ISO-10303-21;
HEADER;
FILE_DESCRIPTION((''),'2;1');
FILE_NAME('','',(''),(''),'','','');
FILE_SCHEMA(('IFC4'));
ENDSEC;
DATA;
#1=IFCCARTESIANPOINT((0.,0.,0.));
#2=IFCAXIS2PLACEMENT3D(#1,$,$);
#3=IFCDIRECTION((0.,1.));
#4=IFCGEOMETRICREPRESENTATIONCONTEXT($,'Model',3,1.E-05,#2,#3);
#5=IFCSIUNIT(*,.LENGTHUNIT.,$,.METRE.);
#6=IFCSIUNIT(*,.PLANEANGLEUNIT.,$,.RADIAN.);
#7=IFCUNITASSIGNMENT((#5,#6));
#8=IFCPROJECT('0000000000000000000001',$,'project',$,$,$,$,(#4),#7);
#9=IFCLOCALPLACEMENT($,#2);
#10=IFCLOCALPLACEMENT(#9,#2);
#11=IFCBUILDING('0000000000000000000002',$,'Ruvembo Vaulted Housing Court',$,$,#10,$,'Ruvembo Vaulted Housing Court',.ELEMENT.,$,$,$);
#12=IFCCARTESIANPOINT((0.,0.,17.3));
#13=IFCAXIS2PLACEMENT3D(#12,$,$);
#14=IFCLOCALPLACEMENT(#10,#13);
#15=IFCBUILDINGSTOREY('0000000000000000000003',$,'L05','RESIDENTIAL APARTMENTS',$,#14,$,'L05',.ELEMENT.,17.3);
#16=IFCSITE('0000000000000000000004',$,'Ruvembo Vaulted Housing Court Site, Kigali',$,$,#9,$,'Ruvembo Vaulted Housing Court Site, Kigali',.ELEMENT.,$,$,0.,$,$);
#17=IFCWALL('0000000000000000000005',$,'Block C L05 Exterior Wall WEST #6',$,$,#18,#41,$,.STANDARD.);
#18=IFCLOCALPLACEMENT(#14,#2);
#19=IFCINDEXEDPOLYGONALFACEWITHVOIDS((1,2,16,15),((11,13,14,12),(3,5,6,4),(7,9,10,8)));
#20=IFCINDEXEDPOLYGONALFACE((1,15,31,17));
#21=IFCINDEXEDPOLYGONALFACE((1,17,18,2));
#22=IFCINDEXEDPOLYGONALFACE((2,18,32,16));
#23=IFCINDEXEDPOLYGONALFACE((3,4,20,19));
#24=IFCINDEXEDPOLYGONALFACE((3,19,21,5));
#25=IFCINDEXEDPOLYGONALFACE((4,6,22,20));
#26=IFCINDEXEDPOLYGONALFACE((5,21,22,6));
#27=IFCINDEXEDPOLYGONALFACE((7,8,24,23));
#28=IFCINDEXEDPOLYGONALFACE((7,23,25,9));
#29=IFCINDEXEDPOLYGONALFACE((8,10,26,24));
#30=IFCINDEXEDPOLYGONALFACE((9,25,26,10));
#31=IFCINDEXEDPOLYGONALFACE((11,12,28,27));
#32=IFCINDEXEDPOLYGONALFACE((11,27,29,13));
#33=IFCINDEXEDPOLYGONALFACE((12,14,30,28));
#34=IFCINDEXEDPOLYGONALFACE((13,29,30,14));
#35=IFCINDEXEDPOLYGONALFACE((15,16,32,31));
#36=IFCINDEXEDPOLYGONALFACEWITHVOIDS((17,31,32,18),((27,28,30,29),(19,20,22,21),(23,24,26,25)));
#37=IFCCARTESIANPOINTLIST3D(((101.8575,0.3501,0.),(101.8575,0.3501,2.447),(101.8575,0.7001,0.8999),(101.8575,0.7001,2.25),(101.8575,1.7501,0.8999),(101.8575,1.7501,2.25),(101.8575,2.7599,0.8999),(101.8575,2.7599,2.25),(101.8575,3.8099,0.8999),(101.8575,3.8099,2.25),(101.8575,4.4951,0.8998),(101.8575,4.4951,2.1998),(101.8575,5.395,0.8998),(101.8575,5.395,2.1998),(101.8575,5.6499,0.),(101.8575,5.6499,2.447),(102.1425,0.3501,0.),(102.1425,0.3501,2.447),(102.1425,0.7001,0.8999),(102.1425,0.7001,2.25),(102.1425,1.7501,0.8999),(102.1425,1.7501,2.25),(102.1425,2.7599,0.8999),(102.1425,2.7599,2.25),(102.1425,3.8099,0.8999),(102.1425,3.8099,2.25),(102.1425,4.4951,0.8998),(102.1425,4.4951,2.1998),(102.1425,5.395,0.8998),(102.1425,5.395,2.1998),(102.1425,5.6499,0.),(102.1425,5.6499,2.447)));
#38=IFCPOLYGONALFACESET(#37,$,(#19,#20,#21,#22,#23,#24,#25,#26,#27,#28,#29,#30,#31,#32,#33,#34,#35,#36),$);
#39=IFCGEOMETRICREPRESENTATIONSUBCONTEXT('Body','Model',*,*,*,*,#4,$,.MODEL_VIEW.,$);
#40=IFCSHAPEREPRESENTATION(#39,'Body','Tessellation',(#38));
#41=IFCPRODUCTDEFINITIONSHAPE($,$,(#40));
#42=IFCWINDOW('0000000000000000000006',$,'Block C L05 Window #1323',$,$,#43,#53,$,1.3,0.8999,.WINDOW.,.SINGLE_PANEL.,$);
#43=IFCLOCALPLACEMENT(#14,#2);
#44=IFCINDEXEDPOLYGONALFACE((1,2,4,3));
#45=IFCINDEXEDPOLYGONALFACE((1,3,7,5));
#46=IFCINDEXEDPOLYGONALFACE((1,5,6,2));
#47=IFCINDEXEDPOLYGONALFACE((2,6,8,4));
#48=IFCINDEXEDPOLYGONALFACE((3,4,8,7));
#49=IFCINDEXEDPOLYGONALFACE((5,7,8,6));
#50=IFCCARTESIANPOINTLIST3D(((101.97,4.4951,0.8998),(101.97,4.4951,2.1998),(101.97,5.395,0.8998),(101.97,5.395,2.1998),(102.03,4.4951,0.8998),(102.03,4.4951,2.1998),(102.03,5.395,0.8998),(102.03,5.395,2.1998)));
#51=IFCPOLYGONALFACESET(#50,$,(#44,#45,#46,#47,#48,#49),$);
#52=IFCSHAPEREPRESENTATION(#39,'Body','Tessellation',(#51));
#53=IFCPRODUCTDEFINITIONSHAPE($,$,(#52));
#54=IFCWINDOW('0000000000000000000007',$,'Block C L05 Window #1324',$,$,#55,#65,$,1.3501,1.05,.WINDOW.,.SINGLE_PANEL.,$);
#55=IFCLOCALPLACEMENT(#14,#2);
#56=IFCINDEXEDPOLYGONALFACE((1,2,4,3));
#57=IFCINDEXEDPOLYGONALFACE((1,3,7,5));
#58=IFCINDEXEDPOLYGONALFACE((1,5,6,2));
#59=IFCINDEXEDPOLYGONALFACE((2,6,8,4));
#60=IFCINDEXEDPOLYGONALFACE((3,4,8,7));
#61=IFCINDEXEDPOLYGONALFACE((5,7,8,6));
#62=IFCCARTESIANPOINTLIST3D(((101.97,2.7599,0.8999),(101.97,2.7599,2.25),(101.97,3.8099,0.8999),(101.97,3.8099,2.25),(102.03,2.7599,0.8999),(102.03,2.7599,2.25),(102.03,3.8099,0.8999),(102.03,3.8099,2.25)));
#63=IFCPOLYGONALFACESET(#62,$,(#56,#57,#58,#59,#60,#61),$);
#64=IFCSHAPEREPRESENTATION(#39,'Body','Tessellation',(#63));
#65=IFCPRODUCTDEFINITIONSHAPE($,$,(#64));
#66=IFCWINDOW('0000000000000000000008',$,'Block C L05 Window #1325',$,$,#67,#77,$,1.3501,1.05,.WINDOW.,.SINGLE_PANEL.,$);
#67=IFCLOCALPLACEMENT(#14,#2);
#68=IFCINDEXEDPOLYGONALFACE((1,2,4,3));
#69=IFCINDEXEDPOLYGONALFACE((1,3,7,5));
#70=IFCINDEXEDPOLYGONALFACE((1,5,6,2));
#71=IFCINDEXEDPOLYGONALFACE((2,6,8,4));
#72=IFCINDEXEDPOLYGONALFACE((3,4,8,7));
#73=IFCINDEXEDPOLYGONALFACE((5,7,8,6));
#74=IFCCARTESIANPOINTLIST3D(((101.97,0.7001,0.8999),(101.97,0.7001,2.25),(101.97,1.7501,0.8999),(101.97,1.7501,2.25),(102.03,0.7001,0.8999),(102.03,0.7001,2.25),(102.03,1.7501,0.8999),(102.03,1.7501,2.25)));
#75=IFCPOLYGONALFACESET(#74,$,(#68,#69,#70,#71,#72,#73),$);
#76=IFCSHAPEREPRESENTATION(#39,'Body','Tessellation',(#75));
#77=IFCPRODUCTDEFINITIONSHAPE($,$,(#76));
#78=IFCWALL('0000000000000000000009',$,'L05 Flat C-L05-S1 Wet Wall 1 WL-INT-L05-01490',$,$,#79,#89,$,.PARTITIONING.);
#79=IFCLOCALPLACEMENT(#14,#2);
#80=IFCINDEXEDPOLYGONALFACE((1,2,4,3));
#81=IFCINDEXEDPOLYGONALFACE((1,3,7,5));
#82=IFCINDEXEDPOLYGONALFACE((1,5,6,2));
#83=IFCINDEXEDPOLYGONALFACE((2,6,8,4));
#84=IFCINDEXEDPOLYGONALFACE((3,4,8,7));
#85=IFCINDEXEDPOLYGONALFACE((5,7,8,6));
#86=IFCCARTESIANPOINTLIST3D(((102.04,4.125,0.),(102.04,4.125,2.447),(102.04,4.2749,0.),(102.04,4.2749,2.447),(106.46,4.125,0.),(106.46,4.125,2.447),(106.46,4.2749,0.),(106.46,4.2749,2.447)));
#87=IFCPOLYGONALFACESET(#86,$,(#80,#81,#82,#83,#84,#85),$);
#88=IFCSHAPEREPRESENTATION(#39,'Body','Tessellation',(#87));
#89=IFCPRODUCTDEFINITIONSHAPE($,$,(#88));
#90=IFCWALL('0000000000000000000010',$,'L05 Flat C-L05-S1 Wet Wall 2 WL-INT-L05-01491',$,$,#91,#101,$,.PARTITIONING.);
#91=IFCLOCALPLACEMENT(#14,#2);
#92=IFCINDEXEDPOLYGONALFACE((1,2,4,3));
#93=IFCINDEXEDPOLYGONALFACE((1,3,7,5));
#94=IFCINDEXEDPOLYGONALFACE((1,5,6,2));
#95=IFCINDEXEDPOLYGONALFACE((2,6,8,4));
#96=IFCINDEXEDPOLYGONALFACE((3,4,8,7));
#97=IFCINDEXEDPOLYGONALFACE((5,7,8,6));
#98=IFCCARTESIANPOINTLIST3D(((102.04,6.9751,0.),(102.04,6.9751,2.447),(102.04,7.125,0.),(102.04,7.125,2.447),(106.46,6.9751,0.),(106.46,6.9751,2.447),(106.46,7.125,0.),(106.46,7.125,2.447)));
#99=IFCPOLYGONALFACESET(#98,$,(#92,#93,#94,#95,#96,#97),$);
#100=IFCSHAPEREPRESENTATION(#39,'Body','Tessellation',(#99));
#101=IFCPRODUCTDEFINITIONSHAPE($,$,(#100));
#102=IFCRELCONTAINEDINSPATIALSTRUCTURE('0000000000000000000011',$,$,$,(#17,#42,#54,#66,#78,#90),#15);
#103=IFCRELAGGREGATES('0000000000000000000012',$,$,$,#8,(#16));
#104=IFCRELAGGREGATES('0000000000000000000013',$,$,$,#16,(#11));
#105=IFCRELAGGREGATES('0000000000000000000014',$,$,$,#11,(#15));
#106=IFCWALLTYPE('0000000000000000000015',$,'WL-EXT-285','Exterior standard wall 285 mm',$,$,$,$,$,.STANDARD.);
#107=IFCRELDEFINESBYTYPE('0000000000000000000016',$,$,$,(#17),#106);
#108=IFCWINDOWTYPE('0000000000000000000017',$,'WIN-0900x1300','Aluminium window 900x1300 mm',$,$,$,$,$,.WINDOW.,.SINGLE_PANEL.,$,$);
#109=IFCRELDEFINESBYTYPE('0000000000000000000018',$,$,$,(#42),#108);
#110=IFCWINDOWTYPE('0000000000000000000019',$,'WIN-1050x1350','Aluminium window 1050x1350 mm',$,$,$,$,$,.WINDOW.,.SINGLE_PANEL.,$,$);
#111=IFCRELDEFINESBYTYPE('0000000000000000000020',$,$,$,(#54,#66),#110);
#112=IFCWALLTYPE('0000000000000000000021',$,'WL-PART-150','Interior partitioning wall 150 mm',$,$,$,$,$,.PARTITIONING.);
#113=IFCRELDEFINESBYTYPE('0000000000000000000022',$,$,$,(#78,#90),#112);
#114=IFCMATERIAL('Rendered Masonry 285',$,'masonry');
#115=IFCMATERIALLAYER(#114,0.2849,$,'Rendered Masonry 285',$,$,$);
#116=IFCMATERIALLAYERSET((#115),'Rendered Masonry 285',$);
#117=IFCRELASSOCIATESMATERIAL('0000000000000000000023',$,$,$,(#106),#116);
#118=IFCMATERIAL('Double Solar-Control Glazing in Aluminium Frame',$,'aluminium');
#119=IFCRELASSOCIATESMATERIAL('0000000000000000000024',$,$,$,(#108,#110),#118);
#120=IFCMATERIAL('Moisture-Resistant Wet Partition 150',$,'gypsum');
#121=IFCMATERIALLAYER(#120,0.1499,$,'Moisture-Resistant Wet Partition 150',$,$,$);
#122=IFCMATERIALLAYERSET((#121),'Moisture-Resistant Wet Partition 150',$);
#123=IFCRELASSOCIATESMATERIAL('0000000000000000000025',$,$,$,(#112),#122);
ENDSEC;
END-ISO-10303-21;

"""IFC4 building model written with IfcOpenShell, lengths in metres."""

from ifc_helpers import new_model, si_unit, direction, frame, frame_2d, origin, place, context, subcontext, project, spatial, rectangle, extrude, material, layer, layer_set, type_object, element, fill, save


model = new_model("IFC4")

# Units and contexts
model_context = context("Model", 3, precision=1e-05, world=origin(), true_north=direction((0.0, 1.0)))
body_context = subcontext(model_context, "Body", "Model", "MODEL_VIEW")
ifc_project = project(units=[si_unit("LENGTHUNIT", "METRE"), si_unit("PLANEANGLEUNIT", "RADIAN")], contexts=[model_context])

# Site, building, storey
site_placement = place(None, origin())
site = spatial("IfcSite", under=ifc_project, at=site_placement, Name="Ruvembo Vaulted Housing Court Site, Kigali", LongName="Ruvembo Vaulted Housing Court Site, Kigali", CompositionType="ELEMENT", RefElevation=0.0)
building_placement = place(site_placement, origin())
building = spatial("IfcBuilding", under=site, at=building_placement, Name="Ruvembo Vaulted Housing Court", LongName="Ruvembo Vaulted Housing Court", CompositionType="ELEMENT")
storey_placement = place(building_placement, frame((0.0, 0.0, 17.3)))
storey = spatial("IfcBuildingStorey", under=building, at=storey_placement, Name="L05", Description="RESIDENTIAL APARTMENTS", LongName="L05", CompositionType="ELEMENT", Elevation=17.3)

# Wall, openings, windows
ifc_material_1 = material(Name="Rendered Masonry 285", Category="masonry")
ifc_layer_1 = layer(ifc_material_1, 0.2849, Name="Rendered Masonry 285")
ifc_layer_set_1 = layer_set([ifc_layer_1], Name="Rendered Masonry 285")
wall_type_1 = type_object("IfcWallType", Name="WL-EXT-285", Description="Exterior standard wall 285 mm", PredefinedType="STANDARD", material=ifc_layer_set_1)
wall_1_placement = place(storey_placement, frame((102.0, 5.6499, 0.0), z_axis=(0.0, 0.0, 1.0), x_axis=(0.0, -1.0, 0.0)))
wall_1 = element("IfcWall", 1, at=wall_1_placement, inside=storey, type_object=wall_type_1, Name="Block C L05 Exterior Wall WEST #6", PredefinedType="STANDARD", context=body_context, shape_type="SweptSolid", body=[
    extrude(rectangle(XDim=5.2998, YDim=0.2849, at=frame_2d((2.6499, 0.0))), origin(), (0.0, 0.0, 1.0), 2.447),
])
opening_1_placement = place(wall_1_placement, frame((0.2549, 0.0, 0.8999)))
opening_1 = element("IfcOpeningElement", 2, at=opening_1_placement, cuts=wall_1, PredefinedType="OPENING", context=body_context, shape_type="SweptSolid", body=[
    extrude(rectangle(XDim=0.8999, YDim=1.3, at=frame_2d((0.45, 0.6499))), frame((0.0, 0.1523, 0.0), z_axis=(0.0, -1.0, 0.0), x_axis=(1.0, 0.0, 0.0)), (0.0, 0.0, 1.0), 0.3049),
])
opening_2_placement = place(wall_1_placement, frame((1.8401, 0.0, 0.8999)))
opening_2 = element("IfcOpeningElement", 3, at=opening_2_placement, cuts=wall_1, PredefinedType="OPENING", context=body_context, shape_type="SweptSolid", body=[
    extrude(rectangle(XDim=1.05, YDim=1.3501, at=frame_2d((0.5249, 0.675))), frame((0.0, 0.1523, 0.0), z_axis=(0.0, -1.0, 0.0), x_axis=(1.0, 0.0, 0.0)), (0.0, 0.0, 1.0), 0.3049),
])
opening_3_placement = place(wall_1_placement, frame((3.8999, 0.0, 0.8999)))
opening_3 = element("IfcOpeningElement", 4, at=opening_3_placement, cuts=wall_1, PredefinedType="OPENING", context=body_context, shape_type="SweptSolid", body=[
    extrude(rectangle(XDim=1.05, YDim=1.3501, at=frame_2d((0.5249, 0.675))), frame((0.0, 0.1523, 0.0), z_axis=(0.0, -1.0, 0.0), x_axis=(1.0, 0.0, 0.0)), (0.0, 0.0, 1.0), 0.3049),
])
ifc_material_2 = material(Name="Double Solar-Control Glazing in Aluminium Frame", Category="aluminium")
window_type_1 = type_object("IfcWindowType", Name="WIN-0900x1300", Description="Aluminium window 900x1300 mm", PartitioningType="SINGLE_PANEL", PredefinedType="WINDOW", material=ifc_material_2)
window_1_placement = place(opening_1_placement, origin())
window_1 = element("IfcWindow", 5, at=window_1_placement, inside=storey, type_object=window_type_1, Name="Block C L05 Window #1323", OverallHeight=1.3, OverallWidth=0.8999, PartitioningType="SINGLE_PANEL", PredefinedType="WINDOW", context=body_context, shape_type="SweptSolid", body=[
    extrude(rectangle(XDim=0.8999, YDim=1.3, at=frame_2d((0.45, 0.6499))), frame((0.0, 0.03, 0.0), z_axis=(0.0, -1.0, 0.0), x_axis=(1.0, 0.0, 0.0)), (0.0, 0.0, 1.0), 0.0601),
])
fill(opening_1, window_1)
window_type_2 = type_object("IfcWindowType", Name="WIN-1050x1350", Description="Aluminium window 1050x1350 mm", PartitioningType="SINGLE_PANEL", PredefinedType="WINDOW", material=ifc_material_2)
window_2_placement = place(opening_2_placement, origin())
window_2 = element("IfcWindow", 6, at=window_2_placement, inside=storey, type_object=window_type_2, Name="Block C L05 Window #1324", OverallHeight=1.3501, OverallWidth=1.05, PartitioningType="SINGLE_PANEL", PredefinedType="WINDOW", context=body_context, shape_type="SweptSolid", body=[
    extrude(rectangle(XDim=1.05, YDim=1.3501, at=frame_2d((0.5249, 0.675))), frame((0.0, 0.03, 0.0), z_axis=(0.0, -1.0, 0.0), x_axis=(1.0, 0.0, 0.0)), (0.0, 0.0, 1.0), 0.0601),
])
fill(opening_2, window_2)
window_3_placement = place(opening_3_placement, origin())
window_3 = element("IfcWindow", 7, at=window_3_placement, inside=storey, type_object=window_type_2, Name="Block C L05 Window #1325", OverallHeight=1.3501, OverallWidth=1.05, PartitioningType="SINGLE_PANEL", PredefinedType="WINDOW", context=body_context, shape_type="SweptSolid", body=[
    extrude(rectangle(XDim=1.05, YDim=1.3501, at=frame_2d((0.5249, 0.675))), frame((0.0, 0.03, 0.0), z_axis=(0.0, -1.0, 0.0), x_axis=(1.0, 0.0, 0.0)), (0.0, 0.0, 1.0), 0.0601),
])
fill(opening_3, window_3)

# Walls
ifc_material_3 = material(Name="Moisture-Resistant Wet Partition 150", Category="gypsum")
ifc_layer_2 = layer(ifc_material_3, 0.1499, Name="Moisture-Resistant Wet Partition 150")
ifc_layer_set_2 = layer_set([ifc_layer_2], Name="Moisture-Resistant Wet Partition 150")
wall_type_2 = type_object("IfcWallType", Name="WL-PART-150", Description="Interior partitioning wall 150 mm", PredefinedType="PARTITIONING", material=ifc_layer_set_2)
for number, where, z_axis, x_axis, name in (
    (8, (102.04, 4.2, 0.0), (0.0, 0.0, 1.0), (1.0, 0.0, 0.0), "L05 Flat C-L05-S1 Wet Wall 1 WL-INT-L05-01490"),
    (9, (102.04, 7.05, 0.0), (0.0, 0.0, 1.0), (1.0, 0.0, 0.0), "L05 Flat C-L05-S1 Wet Wall 2 WL-INT-L05-01491"),
):
    element("IfcWall", number, at=place(storey_placement, frame(where, z_axis=z_axis, x_axis=x_axis)), inside=storey, type_object=wall_type_2, Name=name, PredefinedType="PARTITIONING", context=body_context, shape_type="SweptSolid", body=[
        extrude(rectangle(XDim=4.4199, YDim=0.1499, at=frame_2d((2.21, 0.0))), origin(), (0.0, 0.0, 1.0), 2.447),
    ])

save(model, "model.ifc")
